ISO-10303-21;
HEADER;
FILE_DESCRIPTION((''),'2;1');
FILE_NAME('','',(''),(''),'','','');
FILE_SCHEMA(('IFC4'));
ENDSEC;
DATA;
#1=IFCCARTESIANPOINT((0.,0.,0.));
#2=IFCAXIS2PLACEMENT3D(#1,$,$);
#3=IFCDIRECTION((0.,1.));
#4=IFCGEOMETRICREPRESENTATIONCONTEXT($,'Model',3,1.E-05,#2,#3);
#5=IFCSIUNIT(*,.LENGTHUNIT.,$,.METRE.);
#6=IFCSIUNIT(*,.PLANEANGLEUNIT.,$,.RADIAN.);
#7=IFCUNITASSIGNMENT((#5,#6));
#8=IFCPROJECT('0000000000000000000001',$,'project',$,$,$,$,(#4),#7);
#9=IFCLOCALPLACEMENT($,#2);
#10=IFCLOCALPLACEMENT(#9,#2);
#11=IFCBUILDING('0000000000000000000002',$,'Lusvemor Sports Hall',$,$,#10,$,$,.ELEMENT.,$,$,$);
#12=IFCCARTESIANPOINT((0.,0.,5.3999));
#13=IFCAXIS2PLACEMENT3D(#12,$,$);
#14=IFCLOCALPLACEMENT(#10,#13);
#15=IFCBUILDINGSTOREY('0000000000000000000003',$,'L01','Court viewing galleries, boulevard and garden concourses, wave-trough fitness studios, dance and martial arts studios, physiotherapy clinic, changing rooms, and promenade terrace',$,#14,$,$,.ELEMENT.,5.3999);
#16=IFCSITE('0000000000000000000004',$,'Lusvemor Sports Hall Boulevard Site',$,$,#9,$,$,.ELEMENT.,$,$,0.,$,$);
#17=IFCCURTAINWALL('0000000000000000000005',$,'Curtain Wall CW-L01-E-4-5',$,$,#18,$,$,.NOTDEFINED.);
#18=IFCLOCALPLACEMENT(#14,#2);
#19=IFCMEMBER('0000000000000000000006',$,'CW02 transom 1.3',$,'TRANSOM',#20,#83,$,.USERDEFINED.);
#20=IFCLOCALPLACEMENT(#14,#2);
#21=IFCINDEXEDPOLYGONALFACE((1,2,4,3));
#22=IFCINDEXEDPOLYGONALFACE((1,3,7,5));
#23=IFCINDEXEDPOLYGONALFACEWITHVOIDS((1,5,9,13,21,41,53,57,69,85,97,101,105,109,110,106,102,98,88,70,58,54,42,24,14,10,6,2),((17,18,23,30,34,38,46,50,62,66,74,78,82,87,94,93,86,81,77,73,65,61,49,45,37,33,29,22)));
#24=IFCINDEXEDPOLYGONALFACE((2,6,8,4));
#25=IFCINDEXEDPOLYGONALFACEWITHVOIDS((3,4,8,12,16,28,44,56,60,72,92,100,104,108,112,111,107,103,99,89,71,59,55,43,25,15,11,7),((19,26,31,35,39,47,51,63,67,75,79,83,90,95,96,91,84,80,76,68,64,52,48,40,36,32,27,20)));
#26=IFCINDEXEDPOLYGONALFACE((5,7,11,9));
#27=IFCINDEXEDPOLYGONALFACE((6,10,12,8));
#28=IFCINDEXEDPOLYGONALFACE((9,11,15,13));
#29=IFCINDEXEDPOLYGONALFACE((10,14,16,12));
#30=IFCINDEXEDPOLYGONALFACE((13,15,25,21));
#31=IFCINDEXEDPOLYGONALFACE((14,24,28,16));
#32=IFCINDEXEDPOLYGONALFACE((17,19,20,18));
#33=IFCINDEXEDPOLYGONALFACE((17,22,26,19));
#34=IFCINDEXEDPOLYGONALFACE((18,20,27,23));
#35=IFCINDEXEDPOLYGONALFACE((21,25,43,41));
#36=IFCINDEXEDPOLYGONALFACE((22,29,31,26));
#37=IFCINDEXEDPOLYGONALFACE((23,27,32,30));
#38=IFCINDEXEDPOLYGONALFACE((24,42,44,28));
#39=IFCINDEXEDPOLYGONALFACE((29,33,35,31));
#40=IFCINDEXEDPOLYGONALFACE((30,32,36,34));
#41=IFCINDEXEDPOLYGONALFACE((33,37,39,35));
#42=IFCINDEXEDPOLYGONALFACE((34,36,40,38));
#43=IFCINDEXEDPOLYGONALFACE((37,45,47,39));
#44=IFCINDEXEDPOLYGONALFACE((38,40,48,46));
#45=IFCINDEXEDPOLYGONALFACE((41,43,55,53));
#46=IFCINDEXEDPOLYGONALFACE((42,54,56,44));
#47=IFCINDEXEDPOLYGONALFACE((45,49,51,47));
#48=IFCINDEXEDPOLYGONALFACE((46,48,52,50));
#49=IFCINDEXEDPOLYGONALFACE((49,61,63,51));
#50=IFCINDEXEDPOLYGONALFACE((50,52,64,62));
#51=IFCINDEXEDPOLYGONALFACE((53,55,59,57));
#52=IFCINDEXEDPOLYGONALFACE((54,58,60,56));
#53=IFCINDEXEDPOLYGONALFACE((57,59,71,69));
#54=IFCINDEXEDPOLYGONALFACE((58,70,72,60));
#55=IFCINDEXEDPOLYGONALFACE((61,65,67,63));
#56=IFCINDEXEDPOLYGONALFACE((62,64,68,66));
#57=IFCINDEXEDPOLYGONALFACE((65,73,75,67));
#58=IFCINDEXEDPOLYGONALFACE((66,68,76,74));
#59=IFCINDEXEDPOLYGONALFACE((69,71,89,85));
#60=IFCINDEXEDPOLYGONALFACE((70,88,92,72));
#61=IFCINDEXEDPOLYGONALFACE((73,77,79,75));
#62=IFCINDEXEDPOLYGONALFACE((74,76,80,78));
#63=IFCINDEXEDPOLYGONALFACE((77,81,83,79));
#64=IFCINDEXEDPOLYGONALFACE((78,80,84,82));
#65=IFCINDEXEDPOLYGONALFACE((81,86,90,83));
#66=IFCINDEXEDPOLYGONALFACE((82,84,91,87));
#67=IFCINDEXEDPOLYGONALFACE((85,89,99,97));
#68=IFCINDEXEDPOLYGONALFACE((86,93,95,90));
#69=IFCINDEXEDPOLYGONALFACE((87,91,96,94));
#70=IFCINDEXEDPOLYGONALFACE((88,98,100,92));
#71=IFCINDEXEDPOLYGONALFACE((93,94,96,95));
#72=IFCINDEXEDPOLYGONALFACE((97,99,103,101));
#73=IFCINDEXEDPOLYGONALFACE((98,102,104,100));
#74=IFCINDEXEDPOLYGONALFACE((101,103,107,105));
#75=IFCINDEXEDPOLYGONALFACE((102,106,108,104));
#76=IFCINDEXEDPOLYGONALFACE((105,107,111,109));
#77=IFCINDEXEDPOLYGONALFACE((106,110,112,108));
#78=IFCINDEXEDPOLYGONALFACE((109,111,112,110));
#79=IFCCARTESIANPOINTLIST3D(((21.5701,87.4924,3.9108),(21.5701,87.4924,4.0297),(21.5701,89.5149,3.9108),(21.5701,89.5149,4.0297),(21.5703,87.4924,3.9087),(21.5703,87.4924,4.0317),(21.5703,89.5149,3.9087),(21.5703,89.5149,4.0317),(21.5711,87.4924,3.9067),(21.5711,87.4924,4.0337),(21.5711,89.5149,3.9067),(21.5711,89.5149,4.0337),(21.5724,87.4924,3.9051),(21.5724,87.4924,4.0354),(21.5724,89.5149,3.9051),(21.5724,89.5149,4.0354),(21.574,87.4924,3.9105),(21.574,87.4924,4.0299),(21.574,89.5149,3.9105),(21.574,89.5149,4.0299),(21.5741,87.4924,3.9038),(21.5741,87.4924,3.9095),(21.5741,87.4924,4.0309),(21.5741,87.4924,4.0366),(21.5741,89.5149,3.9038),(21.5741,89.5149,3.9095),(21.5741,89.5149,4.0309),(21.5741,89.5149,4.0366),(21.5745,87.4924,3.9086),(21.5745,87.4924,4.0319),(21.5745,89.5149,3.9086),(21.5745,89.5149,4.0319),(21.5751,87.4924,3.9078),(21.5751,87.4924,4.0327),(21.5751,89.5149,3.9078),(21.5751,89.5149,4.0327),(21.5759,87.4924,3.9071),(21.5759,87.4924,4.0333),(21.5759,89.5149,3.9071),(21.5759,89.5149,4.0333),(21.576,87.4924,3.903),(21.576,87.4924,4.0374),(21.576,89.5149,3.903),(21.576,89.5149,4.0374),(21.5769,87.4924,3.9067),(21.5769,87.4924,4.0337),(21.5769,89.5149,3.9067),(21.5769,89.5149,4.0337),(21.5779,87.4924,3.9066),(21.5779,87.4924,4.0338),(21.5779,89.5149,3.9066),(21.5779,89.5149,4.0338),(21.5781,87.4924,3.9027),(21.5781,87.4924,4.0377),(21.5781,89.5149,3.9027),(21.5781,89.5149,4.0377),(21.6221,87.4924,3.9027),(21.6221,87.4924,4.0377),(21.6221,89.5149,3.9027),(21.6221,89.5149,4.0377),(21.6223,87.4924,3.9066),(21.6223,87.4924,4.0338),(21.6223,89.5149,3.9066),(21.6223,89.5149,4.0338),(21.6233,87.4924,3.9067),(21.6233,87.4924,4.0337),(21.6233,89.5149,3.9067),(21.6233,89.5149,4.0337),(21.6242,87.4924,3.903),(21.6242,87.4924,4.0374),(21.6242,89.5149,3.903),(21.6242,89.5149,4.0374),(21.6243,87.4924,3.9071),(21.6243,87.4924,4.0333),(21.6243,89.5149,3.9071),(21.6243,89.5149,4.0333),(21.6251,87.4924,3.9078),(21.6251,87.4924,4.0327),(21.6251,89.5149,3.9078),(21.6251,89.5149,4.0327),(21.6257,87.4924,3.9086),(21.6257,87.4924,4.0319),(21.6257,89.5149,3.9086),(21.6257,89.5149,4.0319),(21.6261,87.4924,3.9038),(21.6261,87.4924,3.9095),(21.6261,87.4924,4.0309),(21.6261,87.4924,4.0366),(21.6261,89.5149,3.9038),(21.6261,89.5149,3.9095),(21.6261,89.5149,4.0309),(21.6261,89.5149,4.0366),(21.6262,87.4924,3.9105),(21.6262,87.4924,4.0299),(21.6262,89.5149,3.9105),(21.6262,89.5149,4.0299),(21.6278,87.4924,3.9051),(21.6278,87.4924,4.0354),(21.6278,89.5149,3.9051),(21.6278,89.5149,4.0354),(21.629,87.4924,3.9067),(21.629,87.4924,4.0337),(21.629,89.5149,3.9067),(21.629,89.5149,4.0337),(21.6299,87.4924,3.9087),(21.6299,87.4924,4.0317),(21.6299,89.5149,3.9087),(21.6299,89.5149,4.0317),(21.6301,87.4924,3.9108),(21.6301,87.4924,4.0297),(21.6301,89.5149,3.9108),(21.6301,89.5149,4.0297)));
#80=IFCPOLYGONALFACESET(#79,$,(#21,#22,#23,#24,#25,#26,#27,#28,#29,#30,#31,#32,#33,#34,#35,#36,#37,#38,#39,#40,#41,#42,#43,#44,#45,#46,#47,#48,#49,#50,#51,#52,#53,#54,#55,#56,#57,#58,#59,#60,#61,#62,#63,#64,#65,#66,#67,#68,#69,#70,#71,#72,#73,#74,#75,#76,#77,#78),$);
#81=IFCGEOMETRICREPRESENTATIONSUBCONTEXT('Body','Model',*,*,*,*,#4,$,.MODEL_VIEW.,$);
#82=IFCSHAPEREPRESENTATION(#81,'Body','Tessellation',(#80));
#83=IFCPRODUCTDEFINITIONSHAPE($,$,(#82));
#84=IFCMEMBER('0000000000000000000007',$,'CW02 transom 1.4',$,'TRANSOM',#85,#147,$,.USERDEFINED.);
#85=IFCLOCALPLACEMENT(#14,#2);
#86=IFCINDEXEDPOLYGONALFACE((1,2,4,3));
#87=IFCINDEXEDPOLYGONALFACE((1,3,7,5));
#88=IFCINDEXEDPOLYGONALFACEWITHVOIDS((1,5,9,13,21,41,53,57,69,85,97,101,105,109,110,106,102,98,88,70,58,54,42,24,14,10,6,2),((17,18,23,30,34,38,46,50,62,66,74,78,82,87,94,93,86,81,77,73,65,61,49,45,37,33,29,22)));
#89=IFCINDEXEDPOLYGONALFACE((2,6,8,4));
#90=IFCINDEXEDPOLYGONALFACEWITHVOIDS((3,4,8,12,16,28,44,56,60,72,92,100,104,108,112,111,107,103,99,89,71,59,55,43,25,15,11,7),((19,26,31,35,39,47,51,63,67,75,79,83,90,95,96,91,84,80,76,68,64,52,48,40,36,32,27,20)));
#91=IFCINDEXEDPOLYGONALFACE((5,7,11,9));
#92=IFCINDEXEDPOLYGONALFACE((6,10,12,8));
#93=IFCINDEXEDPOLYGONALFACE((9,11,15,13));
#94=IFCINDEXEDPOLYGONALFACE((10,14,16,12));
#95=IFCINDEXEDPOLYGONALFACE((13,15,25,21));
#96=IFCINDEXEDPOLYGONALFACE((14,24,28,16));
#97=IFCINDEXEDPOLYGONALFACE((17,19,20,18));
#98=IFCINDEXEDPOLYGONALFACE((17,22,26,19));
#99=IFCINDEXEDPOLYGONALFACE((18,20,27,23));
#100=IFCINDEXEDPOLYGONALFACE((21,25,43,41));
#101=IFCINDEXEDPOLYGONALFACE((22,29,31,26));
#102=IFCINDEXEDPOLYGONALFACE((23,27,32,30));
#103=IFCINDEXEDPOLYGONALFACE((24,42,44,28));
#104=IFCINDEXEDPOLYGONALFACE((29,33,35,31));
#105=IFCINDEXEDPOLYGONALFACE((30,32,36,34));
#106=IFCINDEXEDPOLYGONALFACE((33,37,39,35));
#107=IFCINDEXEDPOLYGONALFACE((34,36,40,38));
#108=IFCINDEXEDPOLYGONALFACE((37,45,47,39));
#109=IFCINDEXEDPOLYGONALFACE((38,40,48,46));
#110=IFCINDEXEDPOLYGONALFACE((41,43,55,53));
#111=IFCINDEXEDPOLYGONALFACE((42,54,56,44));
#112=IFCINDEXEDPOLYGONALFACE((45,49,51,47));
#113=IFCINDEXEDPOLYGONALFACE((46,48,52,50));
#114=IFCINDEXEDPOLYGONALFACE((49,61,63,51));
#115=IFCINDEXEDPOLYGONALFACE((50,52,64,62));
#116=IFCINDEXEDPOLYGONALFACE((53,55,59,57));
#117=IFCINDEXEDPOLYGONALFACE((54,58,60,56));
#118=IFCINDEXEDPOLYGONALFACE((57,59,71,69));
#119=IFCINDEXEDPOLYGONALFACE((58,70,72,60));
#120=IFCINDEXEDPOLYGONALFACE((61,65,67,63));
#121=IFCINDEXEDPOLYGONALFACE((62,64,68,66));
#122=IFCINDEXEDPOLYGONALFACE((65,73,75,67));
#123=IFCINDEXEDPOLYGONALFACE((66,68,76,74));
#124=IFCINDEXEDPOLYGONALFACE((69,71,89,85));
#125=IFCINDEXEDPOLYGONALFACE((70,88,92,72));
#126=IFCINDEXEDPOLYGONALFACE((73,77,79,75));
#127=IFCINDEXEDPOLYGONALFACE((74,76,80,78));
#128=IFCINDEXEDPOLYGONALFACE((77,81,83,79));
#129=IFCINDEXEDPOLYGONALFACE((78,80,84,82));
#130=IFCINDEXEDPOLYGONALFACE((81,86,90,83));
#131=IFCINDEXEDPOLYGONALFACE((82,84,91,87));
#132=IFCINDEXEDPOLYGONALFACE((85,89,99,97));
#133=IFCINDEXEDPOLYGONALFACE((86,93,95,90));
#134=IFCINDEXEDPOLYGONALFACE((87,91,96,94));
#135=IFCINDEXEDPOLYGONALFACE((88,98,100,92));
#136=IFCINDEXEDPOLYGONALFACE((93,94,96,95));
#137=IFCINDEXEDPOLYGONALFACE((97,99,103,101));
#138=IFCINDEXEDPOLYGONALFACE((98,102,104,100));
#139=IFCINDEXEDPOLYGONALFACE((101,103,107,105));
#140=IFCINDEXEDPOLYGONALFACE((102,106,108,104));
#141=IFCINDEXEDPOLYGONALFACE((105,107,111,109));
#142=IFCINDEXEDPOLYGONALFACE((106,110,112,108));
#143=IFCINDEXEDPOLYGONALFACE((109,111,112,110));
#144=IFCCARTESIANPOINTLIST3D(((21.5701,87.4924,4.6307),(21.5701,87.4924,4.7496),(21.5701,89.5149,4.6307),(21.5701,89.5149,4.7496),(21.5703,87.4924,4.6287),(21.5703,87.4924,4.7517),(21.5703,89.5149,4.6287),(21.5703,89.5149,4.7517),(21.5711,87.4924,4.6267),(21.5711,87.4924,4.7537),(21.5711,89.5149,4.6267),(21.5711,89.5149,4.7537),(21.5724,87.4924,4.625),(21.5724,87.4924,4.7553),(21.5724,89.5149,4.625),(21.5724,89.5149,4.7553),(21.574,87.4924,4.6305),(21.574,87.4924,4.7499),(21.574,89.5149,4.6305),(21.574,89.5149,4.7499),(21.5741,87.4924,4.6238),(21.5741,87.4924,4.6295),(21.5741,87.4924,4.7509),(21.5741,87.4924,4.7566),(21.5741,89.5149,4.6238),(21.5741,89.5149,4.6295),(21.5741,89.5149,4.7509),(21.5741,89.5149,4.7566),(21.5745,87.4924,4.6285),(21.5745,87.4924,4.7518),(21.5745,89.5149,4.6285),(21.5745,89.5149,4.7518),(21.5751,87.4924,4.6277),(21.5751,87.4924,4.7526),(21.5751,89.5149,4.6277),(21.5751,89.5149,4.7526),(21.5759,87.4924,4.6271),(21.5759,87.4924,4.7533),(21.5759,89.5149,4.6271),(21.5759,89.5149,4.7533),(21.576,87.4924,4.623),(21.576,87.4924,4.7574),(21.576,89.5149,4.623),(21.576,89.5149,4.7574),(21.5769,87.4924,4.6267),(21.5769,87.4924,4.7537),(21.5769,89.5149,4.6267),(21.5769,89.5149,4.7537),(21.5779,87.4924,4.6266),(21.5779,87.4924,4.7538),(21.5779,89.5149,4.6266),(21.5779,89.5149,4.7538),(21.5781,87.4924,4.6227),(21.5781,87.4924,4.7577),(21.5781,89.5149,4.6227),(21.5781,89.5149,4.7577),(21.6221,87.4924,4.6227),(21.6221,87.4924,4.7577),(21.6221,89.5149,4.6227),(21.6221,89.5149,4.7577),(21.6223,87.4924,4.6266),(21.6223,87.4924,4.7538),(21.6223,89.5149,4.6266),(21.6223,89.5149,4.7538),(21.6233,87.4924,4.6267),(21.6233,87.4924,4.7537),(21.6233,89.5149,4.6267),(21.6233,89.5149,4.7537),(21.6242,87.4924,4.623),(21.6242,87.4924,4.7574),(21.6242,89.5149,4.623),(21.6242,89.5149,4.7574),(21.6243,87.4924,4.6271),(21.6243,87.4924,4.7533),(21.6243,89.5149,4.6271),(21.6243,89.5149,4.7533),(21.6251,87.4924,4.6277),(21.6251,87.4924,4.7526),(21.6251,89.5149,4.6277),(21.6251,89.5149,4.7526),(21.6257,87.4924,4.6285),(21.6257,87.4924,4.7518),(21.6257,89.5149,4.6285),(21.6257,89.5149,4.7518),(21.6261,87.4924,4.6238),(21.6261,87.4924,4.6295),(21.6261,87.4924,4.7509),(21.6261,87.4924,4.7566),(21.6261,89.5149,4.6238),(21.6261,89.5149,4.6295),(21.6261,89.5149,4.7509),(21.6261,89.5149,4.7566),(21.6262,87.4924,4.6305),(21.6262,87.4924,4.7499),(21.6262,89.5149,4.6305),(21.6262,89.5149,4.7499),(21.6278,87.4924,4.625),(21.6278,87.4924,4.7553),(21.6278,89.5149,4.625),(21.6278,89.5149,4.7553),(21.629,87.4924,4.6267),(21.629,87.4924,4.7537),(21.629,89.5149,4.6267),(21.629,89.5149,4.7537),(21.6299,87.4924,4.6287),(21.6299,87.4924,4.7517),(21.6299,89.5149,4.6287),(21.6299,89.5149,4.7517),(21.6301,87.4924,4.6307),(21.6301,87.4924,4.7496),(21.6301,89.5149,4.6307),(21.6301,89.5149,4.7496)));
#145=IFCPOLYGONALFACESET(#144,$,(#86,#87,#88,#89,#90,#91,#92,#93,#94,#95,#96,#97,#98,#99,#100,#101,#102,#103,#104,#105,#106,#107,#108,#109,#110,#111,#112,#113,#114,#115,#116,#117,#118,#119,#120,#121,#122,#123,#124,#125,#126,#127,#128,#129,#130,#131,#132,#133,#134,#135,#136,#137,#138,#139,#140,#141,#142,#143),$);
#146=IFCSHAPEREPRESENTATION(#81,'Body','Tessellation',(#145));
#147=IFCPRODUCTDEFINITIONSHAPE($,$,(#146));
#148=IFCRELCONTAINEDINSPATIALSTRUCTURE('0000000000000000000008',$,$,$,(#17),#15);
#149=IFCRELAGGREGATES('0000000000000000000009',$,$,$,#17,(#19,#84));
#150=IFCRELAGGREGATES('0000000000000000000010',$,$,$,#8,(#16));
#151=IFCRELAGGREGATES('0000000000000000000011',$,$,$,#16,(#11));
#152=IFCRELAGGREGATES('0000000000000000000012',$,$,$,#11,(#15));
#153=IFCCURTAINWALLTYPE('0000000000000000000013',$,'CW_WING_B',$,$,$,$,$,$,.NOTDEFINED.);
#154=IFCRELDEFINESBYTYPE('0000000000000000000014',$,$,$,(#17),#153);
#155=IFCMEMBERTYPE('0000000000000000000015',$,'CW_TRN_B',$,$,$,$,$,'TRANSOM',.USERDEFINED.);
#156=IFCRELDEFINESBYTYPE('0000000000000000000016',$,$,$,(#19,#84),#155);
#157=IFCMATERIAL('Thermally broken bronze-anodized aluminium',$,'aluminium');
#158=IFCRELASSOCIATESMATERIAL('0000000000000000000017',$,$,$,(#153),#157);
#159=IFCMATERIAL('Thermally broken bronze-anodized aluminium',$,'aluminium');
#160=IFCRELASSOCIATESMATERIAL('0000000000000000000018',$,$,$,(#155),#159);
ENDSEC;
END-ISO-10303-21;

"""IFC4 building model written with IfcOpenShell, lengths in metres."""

from ifc_helpers import new_model, si_unit, direction, frame, origin, origin_2d, place, context, subcontext, project, spatial, hollow_rectangle, extrude, material, material_profile, profile_set, type_object, element, aggregate, save


model = new_model("IFC4")

# Units and contexts
model_context = context("Model", 3, precision=1e-05, world=origin(), true_north=direction((0.0, 1.0)))
body_context = subcontext(model_context, "Body", "Model", "MODEL_VIEW")
ifc_project = project(units=[si_unit("LENGTHUNIT", "METRE"), si_unit("PLANEANGLEUNIT", "RADIAN")], contexts=[model_context])

# Site, building, storey
site_placement = place(None, origin())
site = spatial("IfcSite", under=ifc_project, at=site_placement, Name="Lusvemor Sports Hall Boulevard Site", CompositionType="ELEMENT", RefElevation=0.0)
building_placement = place(site_placement, origin())
building = spatial("IfcBuilding", under=site, at=building_placement, Name="Lusvemor Sports Hall", CompositionType="ELEMENT")
storey_placement = place(building_placement, frame((0.0, 0.0, 5.3999)))
storey = spatial("IfcBuildingStorey", under=building, at=storey_placement, Name="L01", Description="Court viewing galleries, boulevard and garden concourses, wave-trough fitness studios, dance and martial arts studios, physiotherapy clinic, changing rooms, and promenade terrace", CompositionType="ELEMENT", Elevation=5.3999)

# Curtain wall
ifc_material_1 = material(Name="Thermally broken bronze-anodized aluminium", Category="aluminium")
curtain_wall_type = type_object("IfcCurtainWallType", Name="CW_WING_B", PredefinedType="NOTDEFINED", material=ifc_material_1)
curtain_wall_1_placement = place(storey_placement, origin())
curtain_wall_1 = element("IfcCurtainWall", 1, at=curtain_wall_1_placement, inside=storey, type_object=curtain_wall_type, Name="Curtain Wall CW-L01-E-4-5", PredefinedType="NOTDEFINED")

# Members
ifc_material_2 = material(Name="Thermally broken bronze-anodized aluminium", Category="aluminium")
ifc_material_profile_1 = material_profile(ifc_material_2, hollow_rectangle(XDim=0.0601, YDim=0.135, WallThickness=0.0039, InnerFilletRadius=0.0039, OuterFilletRadius=0.0081, at=origin_2d()), Name="CWTRN135x60x4")
ifc_profile_set_1 = profile_set([ifc_material_profile_1], Name="Thermally broken bronze-anodized aluminium")
member_type_1 = type_object("IfcMemberType", Name="CW_TRN_B", ElementType="TRANSOM", PredefinedType="USERDEFINED", material=ifc_profile_set_1)
member_1_placement = place(storey_placement, frame((21.6001, 89.5149, 3.9702), z_axis=(0.0, -1.0, 0.0), x_axis=(1.0, 0.0, 0.0)))
member_1 = element("IfcMember", 2, at=member_1_placement, type_object=member_type_1, Name="CW02 transom 1.3", ObjectType="TRANSOM", PredefinedType="USERDEFINED", context=body_context, shape_type="SweptSolid", body=[
    extrude(hollow_rectangle(XDim=0.0601, YDim=0.135, WallThickness=0.0039, InnerFilletRadius=0.0039, OuterFilletRadius=0.0081, at=origin_2d()), origin(), (0.0, 0.0, 1.0), 2.0225),
])
member_2_placement = place(storey_placement, frame((21.6001, 89.5149, 4.6902), z_axis=(0.0, -1.0, 0.0), x_axis=(1.0, 0.0, 0.0)))
member_2 = element("IfcMember", 3, at=member_2_placement, type_object=member_type_1, Name="CW02 transom 1.4", ObjectType="TRANSOM", PredefinedType="USERDEFINED", context=body_context, shape_type="SweptSolid", body=[
    extrude(hollow_rectangle(XDim=0.0601, YDim=0.135, WallThickness=0.0039, InnerFilletRadius=0.0039, OuterFilletRadius=0.0081, at=origin_2d()), origin(), (0.0, 0.0, 1.0), 2.0225),
])

aggregate(curtain_wall_1, [member_1, member_2])

save(model, "model.ifc")
